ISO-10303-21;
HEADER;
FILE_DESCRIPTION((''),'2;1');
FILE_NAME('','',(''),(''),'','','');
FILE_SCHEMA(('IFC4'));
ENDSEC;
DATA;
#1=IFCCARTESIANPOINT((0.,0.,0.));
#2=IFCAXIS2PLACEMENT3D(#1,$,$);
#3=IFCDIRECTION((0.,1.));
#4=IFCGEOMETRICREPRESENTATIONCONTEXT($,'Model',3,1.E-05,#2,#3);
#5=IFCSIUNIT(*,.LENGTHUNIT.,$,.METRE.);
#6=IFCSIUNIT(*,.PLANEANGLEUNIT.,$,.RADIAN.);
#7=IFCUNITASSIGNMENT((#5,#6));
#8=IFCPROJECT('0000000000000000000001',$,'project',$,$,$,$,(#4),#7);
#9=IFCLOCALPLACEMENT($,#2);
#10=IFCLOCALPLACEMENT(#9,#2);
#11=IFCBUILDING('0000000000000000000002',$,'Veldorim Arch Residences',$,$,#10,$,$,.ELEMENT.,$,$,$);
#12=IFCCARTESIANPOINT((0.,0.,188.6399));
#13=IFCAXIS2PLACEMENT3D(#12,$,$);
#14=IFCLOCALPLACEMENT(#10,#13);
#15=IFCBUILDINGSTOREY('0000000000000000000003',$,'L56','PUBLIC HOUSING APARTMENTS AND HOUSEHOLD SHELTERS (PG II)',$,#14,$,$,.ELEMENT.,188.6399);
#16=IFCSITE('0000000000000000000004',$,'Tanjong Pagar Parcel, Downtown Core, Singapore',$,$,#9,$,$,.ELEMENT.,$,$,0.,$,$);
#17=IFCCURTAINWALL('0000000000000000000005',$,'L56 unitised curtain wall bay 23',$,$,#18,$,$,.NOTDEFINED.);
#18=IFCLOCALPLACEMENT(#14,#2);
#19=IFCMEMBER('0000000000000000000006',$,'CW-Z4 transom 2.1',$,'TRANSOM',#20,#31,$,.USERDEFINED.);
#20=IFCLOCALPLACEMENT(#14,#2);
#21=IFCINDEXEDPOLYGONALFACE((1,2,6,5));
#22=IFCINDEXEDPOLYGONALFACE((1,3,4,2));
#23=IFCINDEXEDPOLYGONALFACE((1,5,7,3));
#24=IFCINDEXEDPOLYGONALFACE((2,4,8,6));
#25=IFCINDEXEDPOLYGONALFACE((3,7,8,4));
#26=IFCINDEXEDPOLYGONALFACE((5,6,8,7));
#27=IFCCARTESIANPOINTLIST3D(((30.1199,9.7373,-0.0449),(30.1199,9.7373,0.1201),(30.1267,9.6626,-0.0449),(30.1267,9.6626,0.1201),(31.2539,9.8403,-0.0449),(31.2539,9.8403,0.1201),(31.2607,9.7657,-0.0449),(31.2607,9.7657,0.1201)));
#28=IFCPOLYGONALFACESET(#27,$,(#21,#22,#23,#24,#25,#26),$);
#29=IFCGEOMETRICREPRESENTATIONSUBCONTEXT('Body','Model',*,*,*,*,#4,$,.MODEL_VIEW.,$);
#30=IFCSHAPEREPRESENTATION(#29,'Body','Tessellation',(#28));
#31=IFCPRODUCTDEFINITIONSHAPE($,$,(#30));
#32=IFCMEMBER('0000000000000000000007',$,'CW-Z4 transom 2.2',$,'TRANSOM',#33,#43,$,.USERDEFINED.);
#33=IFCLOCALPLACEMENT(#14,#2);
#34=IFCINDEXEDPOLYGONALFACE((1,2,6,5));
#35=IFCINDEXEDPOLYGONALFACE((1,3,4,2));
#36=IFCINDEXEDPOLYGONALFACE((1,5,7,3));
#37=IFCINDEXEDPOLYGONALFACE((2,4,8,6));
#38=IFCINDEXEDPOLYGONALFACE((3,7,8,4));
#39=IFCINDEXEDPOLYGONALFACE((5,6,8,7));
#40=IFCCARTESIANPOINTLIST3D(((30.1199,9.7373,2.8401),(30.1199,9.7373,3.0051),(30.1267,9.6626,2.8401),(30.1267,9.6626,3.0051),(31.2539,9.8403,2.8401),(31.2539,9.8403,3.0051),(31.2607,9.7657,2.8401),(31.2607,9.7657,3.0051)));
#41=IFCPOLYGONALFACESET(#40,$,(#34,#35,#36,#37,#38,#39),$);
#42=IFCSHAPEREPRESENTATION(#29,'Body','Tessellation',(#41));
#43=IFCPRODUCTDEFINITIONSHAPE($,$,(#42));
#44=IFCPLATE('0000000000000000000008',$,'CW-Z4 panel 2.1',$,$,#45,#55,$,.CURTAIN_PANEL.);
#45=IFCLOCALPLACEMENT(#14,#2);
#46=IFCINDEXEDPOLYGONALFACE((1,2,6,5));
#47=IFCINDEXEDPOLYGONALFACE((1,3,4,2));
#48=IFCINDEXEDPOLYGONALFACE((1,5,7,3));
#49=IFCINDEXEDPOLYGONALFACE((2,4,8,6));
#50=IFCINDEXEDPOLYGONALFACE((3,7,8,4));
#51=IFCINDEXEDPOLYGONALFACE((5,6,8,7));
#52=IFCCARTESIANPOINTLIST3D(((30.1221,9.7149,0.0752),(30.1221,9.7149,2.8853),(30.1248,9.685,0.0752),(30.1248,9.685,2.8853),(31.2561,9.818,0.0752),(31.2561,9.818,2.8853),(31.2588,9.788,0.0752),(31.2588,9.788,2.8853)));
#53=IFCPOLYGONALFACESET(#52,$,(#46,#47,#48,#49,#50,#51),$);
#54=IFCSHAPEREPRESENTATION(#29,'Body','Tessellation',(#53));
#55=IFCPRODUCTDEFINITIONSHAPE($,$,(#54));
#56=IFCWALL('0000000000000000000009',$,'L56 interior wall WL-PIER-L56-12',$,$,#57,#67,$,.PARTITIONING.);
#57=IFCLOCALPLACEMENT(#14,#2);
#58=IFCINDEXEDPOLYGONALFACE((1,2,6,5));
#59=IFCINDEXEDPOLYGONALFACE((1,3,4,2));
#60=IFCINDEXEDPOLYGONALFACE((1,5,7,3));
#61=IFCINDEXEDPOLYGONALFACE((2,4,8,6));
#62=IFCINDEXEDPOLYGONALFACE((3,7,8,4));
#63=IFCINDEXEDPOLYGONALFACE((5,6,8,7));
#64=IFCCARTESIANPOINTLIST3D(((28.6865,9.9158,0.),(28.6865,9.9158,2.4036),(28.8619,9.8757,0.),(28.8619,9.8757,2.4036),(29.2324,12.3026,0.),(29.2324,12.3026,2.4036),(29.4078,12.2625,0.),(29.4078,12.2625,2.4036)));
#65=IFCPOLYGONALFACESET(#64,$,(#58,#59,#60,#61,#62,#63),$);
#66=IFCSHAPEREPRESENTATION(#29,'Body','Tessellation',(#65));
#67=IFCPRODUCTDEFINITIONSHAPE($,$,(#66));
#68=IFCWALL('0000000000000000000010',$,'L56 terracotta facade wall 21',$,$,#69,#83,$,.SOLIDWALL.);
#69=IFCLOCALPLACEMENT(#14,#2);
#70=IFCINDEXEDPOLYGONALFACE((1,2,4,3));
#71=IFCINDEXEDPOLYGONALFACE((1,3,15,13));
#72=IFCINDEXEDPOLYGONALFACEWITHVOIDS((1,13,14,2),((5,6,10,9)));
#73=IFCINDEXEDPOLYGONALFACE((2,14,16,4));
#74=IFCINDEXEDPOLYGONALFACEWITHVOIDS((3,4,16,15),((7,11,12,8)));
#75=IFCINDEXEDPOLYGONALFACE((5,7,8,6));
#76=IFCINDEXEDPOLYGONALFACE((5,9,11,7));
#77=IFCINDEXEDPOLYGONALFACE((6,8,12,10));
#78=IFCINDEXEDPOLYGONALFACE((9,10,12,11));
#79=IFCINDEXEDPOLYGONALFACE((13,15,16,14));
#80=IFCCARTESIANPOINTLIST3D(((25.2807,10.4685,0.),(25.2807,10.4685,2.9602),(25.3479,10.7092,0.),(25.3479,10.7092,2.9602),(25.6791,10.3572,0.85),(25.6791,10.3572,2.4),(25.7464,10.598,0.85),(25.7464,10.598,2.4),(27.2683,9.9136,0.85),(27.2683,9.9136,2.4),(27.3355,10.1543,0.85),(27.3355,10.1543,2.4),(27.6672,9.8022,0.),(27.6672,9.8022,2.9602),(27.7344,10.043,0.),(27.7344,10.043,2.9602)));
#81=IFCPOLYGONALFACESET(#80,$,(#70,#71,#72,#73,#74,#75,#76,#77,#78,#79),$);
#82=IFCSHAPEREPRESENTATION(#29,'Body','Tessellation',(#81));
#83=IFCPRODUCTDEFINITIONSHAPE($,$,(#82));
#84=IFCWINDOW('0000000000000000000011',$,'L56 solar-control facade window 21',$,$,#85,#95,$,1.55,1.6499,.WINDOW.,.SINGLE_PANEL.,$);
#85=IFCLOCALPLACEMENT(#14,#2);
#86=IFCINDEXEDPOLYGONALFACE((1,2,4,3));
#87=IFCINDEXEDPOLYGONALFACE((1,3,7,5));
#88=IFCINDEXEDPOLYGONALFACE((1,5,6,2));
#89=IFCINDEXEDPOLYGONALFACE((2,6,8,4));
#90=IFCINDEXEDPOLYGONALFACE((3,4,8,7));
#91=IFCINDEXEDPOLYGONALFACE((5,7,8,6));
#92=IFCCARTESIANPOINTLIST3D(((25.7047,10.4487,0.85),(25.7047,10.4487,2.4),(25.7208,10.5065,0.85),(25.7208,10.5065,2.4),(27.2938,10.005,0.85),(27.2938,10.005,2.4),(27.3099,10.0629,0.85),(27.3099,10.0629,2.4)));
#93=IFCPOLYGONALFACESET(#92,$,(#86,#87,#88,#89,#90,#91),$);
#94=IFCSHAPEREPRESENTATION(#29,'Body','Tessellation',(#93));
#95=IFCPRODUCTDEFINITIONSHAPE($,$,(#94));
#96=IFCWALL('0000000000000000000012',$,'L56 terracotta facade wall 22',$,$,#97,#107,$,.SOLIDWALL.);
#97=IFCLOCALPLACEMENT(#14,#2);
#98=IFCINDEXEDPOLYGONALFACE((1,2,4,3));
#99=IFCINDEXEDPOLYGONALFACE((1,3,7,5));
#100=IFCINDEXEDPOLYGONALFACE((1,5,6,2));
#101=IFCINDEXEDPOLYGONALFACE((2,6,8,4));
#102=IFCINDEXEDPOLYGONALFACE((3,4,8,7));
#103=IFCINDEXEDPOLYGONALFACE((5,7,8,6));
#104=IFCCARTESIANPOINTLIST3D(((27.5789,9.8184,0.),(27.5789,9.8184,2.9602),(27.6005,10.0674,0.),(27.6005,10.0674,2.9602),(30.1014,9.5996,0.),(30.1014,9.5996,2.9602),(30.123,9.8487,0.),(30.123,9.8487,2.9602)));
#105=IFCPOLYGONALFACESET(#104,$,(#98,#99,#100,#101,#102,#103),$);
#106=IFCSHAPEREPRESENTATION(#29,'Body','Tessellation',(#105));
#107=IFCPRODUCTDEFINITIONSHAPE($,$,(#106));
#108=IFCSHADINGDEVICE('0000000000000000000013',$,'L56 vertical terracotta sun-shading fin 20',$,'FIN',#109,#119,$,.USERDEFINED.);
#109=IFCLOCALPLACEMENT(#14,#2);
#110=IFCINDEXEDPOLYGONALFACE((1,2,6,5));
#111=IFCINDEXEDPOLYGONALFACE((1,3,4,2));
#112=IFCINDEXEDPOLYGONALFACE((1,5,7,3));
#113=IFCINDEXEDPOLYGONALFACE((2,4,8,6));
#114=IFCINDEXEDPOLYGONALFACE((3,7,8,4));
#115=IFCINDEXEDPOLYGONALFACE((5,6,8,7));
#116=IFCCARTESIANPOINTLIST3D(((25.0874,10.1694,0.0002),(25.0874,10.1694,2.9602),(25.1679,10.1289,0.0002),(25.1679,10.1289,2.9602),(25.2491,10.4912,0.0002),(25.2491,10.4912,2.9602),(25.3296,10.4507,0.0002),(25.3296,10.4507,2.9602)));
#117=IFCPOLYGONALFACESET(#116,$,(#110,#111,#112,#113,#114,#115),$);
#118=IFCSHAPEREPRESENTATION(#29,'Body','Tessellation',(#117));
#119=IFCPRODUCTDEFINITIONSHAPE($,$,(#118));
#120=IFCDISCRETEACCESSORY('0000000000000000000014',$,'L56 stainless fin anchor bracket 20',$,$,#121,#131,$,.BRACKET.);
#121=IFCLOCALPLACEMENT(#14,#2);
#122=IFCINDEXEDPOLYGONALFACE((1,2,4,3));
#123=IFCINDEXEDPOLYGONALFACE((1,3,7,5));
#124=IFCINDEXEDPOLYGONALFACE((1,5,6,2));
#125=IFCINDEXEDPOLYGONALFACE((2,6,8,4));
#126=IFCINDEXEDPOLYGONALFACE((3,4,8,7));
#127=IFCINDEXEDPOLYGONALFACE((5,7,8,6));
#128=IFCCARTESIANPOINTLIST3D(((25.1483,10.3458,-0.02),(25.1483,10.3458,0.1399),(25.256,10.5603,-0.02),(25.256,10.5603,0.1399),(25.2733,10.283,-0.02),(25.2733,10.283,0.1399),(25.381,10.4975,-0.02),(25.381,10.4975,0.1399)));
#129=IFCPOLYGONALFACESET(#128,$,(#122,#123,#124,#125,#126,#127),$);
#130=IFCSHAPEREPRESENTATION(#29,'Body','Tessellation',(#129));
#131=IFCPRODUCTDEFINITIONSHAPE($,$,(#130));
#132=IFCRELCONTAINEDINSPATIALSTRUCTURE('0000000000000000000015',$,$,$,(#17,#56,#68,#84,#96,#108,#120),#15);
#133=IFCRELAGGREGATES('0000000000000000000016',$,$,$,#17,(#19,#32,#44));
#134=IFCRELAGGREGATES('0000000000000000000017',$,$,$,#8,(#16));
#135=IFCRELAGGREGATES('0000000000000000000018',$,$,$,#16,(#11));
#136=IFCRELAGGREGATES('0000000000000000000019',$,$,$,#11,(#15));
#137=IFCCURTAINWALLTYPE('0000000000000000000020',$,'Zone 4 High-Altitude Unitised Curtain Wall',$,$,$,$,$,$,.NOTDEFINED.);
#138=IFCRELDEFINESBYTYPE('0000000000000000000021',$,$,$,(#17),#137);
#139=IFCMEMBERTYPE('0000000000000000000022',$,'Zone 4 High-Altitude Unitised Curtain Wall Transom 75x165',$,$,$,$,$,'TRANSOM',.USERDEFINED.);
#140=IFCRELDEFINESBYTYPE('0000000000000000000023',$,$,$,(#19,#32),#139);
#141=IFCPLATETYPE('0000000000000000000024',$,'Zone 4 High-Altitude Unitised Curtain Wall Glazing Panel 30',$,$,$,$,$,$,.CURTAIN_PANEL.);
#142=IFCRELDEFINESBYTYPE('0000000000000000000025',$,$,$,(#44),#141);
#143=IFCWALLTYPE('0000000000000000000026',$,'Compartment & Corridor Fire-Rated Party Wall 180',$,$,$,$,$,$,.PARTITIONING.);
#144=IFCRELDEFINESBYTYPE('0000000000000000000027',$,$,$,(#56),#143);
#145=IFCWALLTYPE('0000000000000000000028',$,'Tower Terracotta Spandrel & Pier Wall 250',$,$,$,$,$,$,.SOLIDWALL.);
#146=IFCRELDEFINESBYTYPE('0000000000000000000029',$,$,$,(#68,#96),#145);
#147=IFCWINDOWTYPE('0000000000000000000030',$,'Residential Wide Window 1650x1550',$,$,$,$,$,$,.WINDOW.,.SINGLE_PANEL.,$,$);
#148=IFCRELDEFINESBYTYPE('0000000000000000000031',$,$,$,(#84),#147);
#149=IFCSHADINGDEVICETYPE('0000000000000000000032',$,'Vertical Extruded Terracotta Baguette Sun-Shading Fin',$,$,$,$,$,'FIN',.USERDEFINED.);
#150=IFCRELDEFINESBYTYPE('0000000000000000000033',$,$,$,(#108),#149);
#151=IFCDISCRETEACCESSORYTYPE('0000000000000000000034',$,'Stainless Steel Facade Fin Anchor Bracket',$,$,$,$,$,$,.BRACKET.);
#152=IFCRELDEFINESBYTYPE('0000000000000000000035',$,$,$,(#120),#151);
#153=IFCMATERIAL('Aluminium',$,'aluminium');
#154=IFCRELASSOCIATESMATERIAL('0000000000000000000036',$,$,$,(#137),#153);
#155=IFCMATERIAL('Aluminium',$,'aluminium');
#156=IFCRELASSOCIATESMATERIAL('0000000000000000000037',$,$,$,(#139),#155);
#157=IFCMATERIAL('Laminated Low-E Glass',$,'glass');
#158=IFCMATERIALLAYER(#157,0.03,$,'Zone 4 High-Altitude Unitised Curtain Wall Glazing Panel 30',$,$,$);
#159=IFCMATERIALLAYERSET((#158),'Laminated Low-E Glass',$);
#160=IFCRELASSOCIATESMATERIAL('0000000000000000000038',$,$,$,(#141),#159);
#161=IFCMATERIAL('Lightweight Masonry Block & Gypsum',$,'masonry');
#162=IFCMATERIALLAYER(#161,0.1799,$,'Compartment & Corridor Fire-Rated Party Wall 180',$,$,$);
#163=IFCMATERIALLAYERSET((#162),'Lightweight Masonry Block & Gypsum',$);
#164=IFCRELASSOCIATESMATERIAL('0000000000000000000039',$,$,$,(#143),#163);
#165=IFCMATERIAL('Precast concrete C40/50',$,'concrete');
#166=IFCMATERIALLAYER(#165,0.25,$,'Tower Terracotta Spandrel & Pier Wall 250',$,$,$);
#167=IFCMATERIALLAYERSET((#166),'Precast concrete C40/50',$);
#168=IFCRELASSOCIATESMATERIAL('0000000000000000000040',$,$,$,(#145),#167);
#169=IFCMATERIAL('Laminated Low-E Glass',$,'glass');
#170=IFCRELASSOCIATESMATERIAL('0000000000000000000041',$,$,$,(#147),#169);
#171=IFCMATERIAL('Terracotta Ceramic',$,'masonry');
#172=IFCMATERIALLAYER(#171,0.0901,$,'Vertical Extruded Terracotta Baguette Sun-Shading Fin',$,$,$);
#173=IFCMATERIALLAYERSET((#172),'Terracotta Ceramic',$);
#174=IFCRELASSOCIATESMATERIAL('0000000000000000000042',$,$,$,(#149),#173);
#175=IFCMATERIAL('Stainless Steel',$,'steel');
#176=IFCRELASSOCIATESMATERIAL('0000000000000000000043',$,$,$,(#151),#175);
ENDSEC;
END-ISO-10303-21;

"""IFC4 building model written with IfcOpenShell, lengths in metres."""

from ifc_helpers import new_model, si_unit, direction, frame, frame_2d, origin, origin_2d, place, context, subcontext, project, spatial, rectangle, extrude, material, layer, layer_set, material_profile, profile_set, type_object, element, fill, aggregate, save


model = new_model("IFC4")

# Units and contexts
model_context = context("Model", 3, precision=1e-05, world=origin(), true_north=direction((0.0, 1.0)))
body_context = subcontext(model_context, "Body", "Model", "MODEL_VIEW")
ifc_project = project(units=[si_unit("LENGTHUNIT", "METRE"), si_unit("PLANEANGLEUNIT", "RADIAN")], contexts=[model_context])

# Site, building, storey
site_placement = place(None, origin())
site = spatial("IfcSite", under=ifc_project, at=site_placement, Name="Tanjong Pagar Parcel, Downtown Core, Singapore", CompositionType="ELEMENT", RefElevation=0.0)
building_placement = place(site_placement, origin())
building = spatial("IfcBuilding", under=site, at=building_placement, Name="Veldorim Arch Residences", CompositionType="ELEMENT")
storey_placement = place(building_placement, frame((0.0, 0.0, 188.6399)))
storey = spatial("IfcBuildingStorey", under=building, at=storey_placement, Name="L56", Description="PUBLIC HOUSING APARTMENTS AND HOUSEHOLD SHELTERS (PG II)", CompositionType="ELEMENT", Elevation=188.6399)

# Shared definitions
ifc_material_1 = material(Name="Aluminium", Category="aluminium")
curtain_wall_type = type_object("IfcCurtainWallType", Name="Zone 4 High-Altitude Unitised Curtain Wall", PredefinedType="NOTDEFINED", material=ifc_material_1)

# Curtain wall
curtain_wall_1_placement = place(storey_placement, origin())
curtain_wall_1 = element("IfcCurtainWall", 1, at=curtain_wall_1_placement, inside=storey, type_object=curtain_wall_type, Name="L56 unitised curtain wall bay 23", PredefinedType="NOTDEFINED")

# Members
ifc_material_2 = material(Name="Aluminium", Category="aluminium")
ifc_material_profile_1 = material_profile(ifc_material_2, rectangle(XDim=0.075, YDim=0.165, at=origin_2d()), Name="ALU_TRN_75x165")
ifc_profile_set_1 = profile_set([ifc_material_profile_1], Name="Aluminium")
member_type_1 = type_object("IfcMemberType", Name="Zone 4 High-Altitude Unitised Curtain Wall Transom 75x165", ElementType="TRANSOM", PredefinedType="USERDEFINED", material=ifc_profile_set_1)
member_1_placement = place(storey_placement, frame((31.2573, 9.803, 0.0376), z_axis=(-0.995898, -0.090478, 0.0), x_axis=(0.090478, -0.995898, 0.0)))
member_1 = element("IfcMember", 2, at=member_1_placement, type_object=member_type_1, Name="CW-Z4 transom 2.1", ObjectType="TRANSOM", PredefinedType="USERDEFINED", context=body_context, shape_type="SweptSolid", body=[
    extrude(rectangle(XDim=0.075, YDim=0.165, at=origin_2d()), origin(), (0.0, 0.0, 1.0), 1.1387),
])
member_2_placement = place(storey_placement, frame((31.2573, 9.803, 2.9226), z_axis=(-0.995898, -0.090478, 0.0), x_axis=(0.090478, -0.995898, 0.0)))
member_2 = element("IfcMember", 3, at=member_2_placement, type_object=member_type_1, Name="CW-Z4 transom 2.2", ObjectType="TRANSOM", PredefinedType="USERDEFINED", context=body_context, shape_type="SweptSolid", body=[
    extrude(rectangle(XDim=0.075, YDim=0.165, at=origin_2d()), origin(), (0.0, 0.0, 1.0), 1.1387),
])

# Plate
ifc_material_3 = material(Name="Laminated Low-E Glass", Category="glass")
ifc_layer_1 = layer(ifc_material_3, 0.03, Name="Zone 4 High-Altitude Unitised Curtain Wall Glazing Panel 30")
ifc_layer_set_1 = layer_set([ifc_layer_1], Name="Laminated Low-E Glass")
plate_type = type_object("IfcPlateType", Name="Zone 4 High-Altitude Unitised Curtain Wall Glazing Panel 30", PredefinedType="CURTAIN_PANEL", material=ifc_layer_set_1)
plate_placement = place(storey_placement, frame((30.6904, 9.7515, 0.0752), z_axis=(0.0, 0.0, 1.0), x_axis=(-0.995895, -0.090521, 0.0)))
plate = element("IfcPlate", 4, at=plate_placement, type_object=plate_type, Name="CW-Z4 panel 2.1", PredefinedType="CURTAIN_PANEL", context=body_context, shape_type="SweptSolid", body=[
    extrude(rectangle(XDim=1.1387, YDim=0.03, at=origin_2d()), origin(), (0.0, 0.0, 1.0), 2.8101),
])
aggregate(curtain_wall_1, [member_1, member_2, plate])

# Wall
ifc_material_4 = material(Name="Lightweight Masonry Block & Gypsum", Category="masonry")
ifc_layer_2 = layer(ifc_material_4, 0.1799, Name="Compartment & Corridor Fire-Rated Party Wall 180")
ifc_layer_set_2 = layer_set([ifc_layer_2], Name="Lightweight Masonry Block & Gypsum")
wall_type_1 = type_object("IfcWallType", Name="Compartment & Corridor Fire-Rated Party Wall 180", PredefinedType="PARTITIONING", material=ifc_layer_set_2)
wall_1_placement = place(storey_placement, frame((29.3201, 12.2825, 0.0), z_axis=(0.0, 0.0, 1.0), x_axis=(-0.222944, -0.974831, 0.0)))
element("IfcWall", 5, at=wall_1_placement, inside=storey, type_object=wall_type_1, Name="L56 interior wall WL-PIER-L56-12", PredefinedType="PARTITIONING", context=body_context, shape_type="SweptSolid", body=[
    extrude(rectangle(XDim=2.4485, YDim=0.1799, at=frame_2d((1.2241, 0.0))), origin(), (0.0, 0.0, 1.0), 2.4036),
])

# Wall, opening, window
ifc_material_5 = material(Name="Precast concrete C40/50", Category="concrete")
ifc_layer_3 = layer(ifc_material_5, 0.25, Name="Tower Terracotta Spandrel & Pier Wall 250")
ifc_layer_set_3 = layer_set([ifc_layer_3], Name="Precast concrete C40/50")
wall_type_2 = type_object("IfcWallType", Name="Tower Terracotta Spandrel & Pier Wall 250", PredefinedType="SOLIDWALL", material=ifc_layer_set_3)
wall_2_placement = place(storey_placement, frame((27.7007, 9.9226, 0.0), z_axis=(0.0, 0.0, 1.0), x_axis=(-0.963168, 0.268899, 0.0)))
wall_2 = element("IfcWall", 6, at=wall_2_placement, inside=storey, type_object=wall_type_2, Name="L56 terracotta facade wall 21", PredefinedType="SOLIDWALL", context=body_context, shape_type="SweptSolid", body=[
    extrude(rectangle(XDim=2.4778, YDim=0.25, at=frame_2d((1.2388, 0.0))), origin(), (0.0, 0.0, 1.0), 2.9602),
])
opening_placement = place(wall_2_placement, frame((0.4141, 0.0, 0.8501)))
opening = element("IfcOpeningElement", 7, at=opening_placement, cuts=wall_2, PredefinedType="OPENING", context=body_context, shape_type="SweptSolid", body=[
    extrude(rectangle(XDim=1.6499, YDim=1.55, at=frame_2d((0.825, 0.7749))), frame((0.0, 0.135, 0.0), z_axis=(0.0, -1.0, 0.0), x_axis=(1.0, 0.0, 0.0)), (0.0, 0.0, 1.0), 0.27),
])
ifc_material_6 = material(Name="Laminated Low-E Glass", Category="glass")
window_type = type_object("IfcWindowType", Name="Residential Wide Window 1650x1550", PartitioningType="SINGLE_PANEL", PredefinedType="WINDOW", material=ifc_material_6)
window_placement = place(opening_placement, origin())
window = element("IfcWindow", 8, at=window_placement, inside=storey, type_object=window_type, Name="L56 solar-control facade window 21", OverallHeight=1.55, OverallWidth=1.6499, PartitioningType="SINGLE_PANEL", PredefinedType="WINDOW", context=body_context, shape_type="SweptSolid", body=[
    extrude(rectangle(XDim=1.6499, YDim=1.55, at=frame_2d((0.825, 0.7749))), frame((0.0, 0.03, 0.0), z_axis=(0.0, -1.0, 0.0), x_axis=(1.0, 0.0, 0.0)), (0.0, 0.0, 1.0), 0.0601),
])
fill(opening, window)

# Wall
wall_3_placement = place(storey_placement, frame((30.1123, 9.7241, 0.0), z_axis=(0.0, 0.0, 1.0), x_axis=(-0.996261, 0.086397, 0.0)))
element("IfcWall", 9, at=wall_3_placement, inside=storey, type_object=wall_type_2, Name="L56 terracotta facade wall 22", PredefinedType="SOLIDWALL", context=body_context, shape_type="SweptSolid", body=[
    extrude(rectangle(XDim=2.532, YDim=0.25, at=frame_2d((1.2661, 0.0))), origin(), (0.0, 0.0, 1.0), 2.9602),
])

# Shading device
ifc_material_7 = material(Name="Terracotta Ceramic", Category="masonry")
ifc_layer_4 = layer(ifc_material_7, 0.0901, Name="Vertical Extruded Terracotta Baguette Sun-Shading Fin")
ifc_layer_set_4 = layer_set([ifc_layer_4], Name="Terracotta Ceramic")
shading_device_type = type_object("IfcShadingDeviceType", Name="Vertical Extruded Terracotta Baguette Sun-Shading Fin", ElementType="FIN", PredefinedType="USERDEFINED", material=ifc_layer_set_4)
shading_device_placement = place(storey_placement, frame((25.2085, 10.3101, 0.0002), z_axis=(0.0, 0.0, 1.0), x_axis=(-0.893607, 0.448851, 0.0)))
element("IfcShadingDevice", 10, at=shading_device_placement, inside=storey, type_object=shading_device_type, Name="L56 vertical terracotta sun-shading fin 20", ObjectType="FIN", PredefinedType="USERDEFINED", context=body_context, shape_type="SweptSolid", body=[
    extrude(rectangle(XDim=0.0901, YDim=0.3601, at=origin_2d()), origin(), (0.0, 0.0, 1.0), 2.96),
])

# Discrete accessory
ifc_material_8 = material(Name="Stainless Steel", Category="steel")
discrete_accessory_type = type_object("IfcDiscreteAccessoryType", Name="Stainless Steel Facade Fin Anchor Bracket", PredefinedType="BRACKET", material=ifc_material_8)
discrete_accessory_placement = place(storey_placement, frame((25.2646, 10.4216, -0.02), z_axis=(0.0, 0.0, 1.0), x_axis=(-0.893607, 0.448851, 0.0)))
element("IfcDiscreteAccessory", 11, at=discrete_accessory_placement, inside=storey, type_object=discrete_accessory_type, Name="L56 stainless fin anchor bracket 20", PredefinedType="BRACKET", context=body_context, shape_type="SweptSolid", body=[
    extrude(rectangle(XDim=0.1399, YDim=0.24, at=origin_2d()), origin(), (0.0, 0.0, 1.0), 0.1599),
])

save(model, "model.ifc")
